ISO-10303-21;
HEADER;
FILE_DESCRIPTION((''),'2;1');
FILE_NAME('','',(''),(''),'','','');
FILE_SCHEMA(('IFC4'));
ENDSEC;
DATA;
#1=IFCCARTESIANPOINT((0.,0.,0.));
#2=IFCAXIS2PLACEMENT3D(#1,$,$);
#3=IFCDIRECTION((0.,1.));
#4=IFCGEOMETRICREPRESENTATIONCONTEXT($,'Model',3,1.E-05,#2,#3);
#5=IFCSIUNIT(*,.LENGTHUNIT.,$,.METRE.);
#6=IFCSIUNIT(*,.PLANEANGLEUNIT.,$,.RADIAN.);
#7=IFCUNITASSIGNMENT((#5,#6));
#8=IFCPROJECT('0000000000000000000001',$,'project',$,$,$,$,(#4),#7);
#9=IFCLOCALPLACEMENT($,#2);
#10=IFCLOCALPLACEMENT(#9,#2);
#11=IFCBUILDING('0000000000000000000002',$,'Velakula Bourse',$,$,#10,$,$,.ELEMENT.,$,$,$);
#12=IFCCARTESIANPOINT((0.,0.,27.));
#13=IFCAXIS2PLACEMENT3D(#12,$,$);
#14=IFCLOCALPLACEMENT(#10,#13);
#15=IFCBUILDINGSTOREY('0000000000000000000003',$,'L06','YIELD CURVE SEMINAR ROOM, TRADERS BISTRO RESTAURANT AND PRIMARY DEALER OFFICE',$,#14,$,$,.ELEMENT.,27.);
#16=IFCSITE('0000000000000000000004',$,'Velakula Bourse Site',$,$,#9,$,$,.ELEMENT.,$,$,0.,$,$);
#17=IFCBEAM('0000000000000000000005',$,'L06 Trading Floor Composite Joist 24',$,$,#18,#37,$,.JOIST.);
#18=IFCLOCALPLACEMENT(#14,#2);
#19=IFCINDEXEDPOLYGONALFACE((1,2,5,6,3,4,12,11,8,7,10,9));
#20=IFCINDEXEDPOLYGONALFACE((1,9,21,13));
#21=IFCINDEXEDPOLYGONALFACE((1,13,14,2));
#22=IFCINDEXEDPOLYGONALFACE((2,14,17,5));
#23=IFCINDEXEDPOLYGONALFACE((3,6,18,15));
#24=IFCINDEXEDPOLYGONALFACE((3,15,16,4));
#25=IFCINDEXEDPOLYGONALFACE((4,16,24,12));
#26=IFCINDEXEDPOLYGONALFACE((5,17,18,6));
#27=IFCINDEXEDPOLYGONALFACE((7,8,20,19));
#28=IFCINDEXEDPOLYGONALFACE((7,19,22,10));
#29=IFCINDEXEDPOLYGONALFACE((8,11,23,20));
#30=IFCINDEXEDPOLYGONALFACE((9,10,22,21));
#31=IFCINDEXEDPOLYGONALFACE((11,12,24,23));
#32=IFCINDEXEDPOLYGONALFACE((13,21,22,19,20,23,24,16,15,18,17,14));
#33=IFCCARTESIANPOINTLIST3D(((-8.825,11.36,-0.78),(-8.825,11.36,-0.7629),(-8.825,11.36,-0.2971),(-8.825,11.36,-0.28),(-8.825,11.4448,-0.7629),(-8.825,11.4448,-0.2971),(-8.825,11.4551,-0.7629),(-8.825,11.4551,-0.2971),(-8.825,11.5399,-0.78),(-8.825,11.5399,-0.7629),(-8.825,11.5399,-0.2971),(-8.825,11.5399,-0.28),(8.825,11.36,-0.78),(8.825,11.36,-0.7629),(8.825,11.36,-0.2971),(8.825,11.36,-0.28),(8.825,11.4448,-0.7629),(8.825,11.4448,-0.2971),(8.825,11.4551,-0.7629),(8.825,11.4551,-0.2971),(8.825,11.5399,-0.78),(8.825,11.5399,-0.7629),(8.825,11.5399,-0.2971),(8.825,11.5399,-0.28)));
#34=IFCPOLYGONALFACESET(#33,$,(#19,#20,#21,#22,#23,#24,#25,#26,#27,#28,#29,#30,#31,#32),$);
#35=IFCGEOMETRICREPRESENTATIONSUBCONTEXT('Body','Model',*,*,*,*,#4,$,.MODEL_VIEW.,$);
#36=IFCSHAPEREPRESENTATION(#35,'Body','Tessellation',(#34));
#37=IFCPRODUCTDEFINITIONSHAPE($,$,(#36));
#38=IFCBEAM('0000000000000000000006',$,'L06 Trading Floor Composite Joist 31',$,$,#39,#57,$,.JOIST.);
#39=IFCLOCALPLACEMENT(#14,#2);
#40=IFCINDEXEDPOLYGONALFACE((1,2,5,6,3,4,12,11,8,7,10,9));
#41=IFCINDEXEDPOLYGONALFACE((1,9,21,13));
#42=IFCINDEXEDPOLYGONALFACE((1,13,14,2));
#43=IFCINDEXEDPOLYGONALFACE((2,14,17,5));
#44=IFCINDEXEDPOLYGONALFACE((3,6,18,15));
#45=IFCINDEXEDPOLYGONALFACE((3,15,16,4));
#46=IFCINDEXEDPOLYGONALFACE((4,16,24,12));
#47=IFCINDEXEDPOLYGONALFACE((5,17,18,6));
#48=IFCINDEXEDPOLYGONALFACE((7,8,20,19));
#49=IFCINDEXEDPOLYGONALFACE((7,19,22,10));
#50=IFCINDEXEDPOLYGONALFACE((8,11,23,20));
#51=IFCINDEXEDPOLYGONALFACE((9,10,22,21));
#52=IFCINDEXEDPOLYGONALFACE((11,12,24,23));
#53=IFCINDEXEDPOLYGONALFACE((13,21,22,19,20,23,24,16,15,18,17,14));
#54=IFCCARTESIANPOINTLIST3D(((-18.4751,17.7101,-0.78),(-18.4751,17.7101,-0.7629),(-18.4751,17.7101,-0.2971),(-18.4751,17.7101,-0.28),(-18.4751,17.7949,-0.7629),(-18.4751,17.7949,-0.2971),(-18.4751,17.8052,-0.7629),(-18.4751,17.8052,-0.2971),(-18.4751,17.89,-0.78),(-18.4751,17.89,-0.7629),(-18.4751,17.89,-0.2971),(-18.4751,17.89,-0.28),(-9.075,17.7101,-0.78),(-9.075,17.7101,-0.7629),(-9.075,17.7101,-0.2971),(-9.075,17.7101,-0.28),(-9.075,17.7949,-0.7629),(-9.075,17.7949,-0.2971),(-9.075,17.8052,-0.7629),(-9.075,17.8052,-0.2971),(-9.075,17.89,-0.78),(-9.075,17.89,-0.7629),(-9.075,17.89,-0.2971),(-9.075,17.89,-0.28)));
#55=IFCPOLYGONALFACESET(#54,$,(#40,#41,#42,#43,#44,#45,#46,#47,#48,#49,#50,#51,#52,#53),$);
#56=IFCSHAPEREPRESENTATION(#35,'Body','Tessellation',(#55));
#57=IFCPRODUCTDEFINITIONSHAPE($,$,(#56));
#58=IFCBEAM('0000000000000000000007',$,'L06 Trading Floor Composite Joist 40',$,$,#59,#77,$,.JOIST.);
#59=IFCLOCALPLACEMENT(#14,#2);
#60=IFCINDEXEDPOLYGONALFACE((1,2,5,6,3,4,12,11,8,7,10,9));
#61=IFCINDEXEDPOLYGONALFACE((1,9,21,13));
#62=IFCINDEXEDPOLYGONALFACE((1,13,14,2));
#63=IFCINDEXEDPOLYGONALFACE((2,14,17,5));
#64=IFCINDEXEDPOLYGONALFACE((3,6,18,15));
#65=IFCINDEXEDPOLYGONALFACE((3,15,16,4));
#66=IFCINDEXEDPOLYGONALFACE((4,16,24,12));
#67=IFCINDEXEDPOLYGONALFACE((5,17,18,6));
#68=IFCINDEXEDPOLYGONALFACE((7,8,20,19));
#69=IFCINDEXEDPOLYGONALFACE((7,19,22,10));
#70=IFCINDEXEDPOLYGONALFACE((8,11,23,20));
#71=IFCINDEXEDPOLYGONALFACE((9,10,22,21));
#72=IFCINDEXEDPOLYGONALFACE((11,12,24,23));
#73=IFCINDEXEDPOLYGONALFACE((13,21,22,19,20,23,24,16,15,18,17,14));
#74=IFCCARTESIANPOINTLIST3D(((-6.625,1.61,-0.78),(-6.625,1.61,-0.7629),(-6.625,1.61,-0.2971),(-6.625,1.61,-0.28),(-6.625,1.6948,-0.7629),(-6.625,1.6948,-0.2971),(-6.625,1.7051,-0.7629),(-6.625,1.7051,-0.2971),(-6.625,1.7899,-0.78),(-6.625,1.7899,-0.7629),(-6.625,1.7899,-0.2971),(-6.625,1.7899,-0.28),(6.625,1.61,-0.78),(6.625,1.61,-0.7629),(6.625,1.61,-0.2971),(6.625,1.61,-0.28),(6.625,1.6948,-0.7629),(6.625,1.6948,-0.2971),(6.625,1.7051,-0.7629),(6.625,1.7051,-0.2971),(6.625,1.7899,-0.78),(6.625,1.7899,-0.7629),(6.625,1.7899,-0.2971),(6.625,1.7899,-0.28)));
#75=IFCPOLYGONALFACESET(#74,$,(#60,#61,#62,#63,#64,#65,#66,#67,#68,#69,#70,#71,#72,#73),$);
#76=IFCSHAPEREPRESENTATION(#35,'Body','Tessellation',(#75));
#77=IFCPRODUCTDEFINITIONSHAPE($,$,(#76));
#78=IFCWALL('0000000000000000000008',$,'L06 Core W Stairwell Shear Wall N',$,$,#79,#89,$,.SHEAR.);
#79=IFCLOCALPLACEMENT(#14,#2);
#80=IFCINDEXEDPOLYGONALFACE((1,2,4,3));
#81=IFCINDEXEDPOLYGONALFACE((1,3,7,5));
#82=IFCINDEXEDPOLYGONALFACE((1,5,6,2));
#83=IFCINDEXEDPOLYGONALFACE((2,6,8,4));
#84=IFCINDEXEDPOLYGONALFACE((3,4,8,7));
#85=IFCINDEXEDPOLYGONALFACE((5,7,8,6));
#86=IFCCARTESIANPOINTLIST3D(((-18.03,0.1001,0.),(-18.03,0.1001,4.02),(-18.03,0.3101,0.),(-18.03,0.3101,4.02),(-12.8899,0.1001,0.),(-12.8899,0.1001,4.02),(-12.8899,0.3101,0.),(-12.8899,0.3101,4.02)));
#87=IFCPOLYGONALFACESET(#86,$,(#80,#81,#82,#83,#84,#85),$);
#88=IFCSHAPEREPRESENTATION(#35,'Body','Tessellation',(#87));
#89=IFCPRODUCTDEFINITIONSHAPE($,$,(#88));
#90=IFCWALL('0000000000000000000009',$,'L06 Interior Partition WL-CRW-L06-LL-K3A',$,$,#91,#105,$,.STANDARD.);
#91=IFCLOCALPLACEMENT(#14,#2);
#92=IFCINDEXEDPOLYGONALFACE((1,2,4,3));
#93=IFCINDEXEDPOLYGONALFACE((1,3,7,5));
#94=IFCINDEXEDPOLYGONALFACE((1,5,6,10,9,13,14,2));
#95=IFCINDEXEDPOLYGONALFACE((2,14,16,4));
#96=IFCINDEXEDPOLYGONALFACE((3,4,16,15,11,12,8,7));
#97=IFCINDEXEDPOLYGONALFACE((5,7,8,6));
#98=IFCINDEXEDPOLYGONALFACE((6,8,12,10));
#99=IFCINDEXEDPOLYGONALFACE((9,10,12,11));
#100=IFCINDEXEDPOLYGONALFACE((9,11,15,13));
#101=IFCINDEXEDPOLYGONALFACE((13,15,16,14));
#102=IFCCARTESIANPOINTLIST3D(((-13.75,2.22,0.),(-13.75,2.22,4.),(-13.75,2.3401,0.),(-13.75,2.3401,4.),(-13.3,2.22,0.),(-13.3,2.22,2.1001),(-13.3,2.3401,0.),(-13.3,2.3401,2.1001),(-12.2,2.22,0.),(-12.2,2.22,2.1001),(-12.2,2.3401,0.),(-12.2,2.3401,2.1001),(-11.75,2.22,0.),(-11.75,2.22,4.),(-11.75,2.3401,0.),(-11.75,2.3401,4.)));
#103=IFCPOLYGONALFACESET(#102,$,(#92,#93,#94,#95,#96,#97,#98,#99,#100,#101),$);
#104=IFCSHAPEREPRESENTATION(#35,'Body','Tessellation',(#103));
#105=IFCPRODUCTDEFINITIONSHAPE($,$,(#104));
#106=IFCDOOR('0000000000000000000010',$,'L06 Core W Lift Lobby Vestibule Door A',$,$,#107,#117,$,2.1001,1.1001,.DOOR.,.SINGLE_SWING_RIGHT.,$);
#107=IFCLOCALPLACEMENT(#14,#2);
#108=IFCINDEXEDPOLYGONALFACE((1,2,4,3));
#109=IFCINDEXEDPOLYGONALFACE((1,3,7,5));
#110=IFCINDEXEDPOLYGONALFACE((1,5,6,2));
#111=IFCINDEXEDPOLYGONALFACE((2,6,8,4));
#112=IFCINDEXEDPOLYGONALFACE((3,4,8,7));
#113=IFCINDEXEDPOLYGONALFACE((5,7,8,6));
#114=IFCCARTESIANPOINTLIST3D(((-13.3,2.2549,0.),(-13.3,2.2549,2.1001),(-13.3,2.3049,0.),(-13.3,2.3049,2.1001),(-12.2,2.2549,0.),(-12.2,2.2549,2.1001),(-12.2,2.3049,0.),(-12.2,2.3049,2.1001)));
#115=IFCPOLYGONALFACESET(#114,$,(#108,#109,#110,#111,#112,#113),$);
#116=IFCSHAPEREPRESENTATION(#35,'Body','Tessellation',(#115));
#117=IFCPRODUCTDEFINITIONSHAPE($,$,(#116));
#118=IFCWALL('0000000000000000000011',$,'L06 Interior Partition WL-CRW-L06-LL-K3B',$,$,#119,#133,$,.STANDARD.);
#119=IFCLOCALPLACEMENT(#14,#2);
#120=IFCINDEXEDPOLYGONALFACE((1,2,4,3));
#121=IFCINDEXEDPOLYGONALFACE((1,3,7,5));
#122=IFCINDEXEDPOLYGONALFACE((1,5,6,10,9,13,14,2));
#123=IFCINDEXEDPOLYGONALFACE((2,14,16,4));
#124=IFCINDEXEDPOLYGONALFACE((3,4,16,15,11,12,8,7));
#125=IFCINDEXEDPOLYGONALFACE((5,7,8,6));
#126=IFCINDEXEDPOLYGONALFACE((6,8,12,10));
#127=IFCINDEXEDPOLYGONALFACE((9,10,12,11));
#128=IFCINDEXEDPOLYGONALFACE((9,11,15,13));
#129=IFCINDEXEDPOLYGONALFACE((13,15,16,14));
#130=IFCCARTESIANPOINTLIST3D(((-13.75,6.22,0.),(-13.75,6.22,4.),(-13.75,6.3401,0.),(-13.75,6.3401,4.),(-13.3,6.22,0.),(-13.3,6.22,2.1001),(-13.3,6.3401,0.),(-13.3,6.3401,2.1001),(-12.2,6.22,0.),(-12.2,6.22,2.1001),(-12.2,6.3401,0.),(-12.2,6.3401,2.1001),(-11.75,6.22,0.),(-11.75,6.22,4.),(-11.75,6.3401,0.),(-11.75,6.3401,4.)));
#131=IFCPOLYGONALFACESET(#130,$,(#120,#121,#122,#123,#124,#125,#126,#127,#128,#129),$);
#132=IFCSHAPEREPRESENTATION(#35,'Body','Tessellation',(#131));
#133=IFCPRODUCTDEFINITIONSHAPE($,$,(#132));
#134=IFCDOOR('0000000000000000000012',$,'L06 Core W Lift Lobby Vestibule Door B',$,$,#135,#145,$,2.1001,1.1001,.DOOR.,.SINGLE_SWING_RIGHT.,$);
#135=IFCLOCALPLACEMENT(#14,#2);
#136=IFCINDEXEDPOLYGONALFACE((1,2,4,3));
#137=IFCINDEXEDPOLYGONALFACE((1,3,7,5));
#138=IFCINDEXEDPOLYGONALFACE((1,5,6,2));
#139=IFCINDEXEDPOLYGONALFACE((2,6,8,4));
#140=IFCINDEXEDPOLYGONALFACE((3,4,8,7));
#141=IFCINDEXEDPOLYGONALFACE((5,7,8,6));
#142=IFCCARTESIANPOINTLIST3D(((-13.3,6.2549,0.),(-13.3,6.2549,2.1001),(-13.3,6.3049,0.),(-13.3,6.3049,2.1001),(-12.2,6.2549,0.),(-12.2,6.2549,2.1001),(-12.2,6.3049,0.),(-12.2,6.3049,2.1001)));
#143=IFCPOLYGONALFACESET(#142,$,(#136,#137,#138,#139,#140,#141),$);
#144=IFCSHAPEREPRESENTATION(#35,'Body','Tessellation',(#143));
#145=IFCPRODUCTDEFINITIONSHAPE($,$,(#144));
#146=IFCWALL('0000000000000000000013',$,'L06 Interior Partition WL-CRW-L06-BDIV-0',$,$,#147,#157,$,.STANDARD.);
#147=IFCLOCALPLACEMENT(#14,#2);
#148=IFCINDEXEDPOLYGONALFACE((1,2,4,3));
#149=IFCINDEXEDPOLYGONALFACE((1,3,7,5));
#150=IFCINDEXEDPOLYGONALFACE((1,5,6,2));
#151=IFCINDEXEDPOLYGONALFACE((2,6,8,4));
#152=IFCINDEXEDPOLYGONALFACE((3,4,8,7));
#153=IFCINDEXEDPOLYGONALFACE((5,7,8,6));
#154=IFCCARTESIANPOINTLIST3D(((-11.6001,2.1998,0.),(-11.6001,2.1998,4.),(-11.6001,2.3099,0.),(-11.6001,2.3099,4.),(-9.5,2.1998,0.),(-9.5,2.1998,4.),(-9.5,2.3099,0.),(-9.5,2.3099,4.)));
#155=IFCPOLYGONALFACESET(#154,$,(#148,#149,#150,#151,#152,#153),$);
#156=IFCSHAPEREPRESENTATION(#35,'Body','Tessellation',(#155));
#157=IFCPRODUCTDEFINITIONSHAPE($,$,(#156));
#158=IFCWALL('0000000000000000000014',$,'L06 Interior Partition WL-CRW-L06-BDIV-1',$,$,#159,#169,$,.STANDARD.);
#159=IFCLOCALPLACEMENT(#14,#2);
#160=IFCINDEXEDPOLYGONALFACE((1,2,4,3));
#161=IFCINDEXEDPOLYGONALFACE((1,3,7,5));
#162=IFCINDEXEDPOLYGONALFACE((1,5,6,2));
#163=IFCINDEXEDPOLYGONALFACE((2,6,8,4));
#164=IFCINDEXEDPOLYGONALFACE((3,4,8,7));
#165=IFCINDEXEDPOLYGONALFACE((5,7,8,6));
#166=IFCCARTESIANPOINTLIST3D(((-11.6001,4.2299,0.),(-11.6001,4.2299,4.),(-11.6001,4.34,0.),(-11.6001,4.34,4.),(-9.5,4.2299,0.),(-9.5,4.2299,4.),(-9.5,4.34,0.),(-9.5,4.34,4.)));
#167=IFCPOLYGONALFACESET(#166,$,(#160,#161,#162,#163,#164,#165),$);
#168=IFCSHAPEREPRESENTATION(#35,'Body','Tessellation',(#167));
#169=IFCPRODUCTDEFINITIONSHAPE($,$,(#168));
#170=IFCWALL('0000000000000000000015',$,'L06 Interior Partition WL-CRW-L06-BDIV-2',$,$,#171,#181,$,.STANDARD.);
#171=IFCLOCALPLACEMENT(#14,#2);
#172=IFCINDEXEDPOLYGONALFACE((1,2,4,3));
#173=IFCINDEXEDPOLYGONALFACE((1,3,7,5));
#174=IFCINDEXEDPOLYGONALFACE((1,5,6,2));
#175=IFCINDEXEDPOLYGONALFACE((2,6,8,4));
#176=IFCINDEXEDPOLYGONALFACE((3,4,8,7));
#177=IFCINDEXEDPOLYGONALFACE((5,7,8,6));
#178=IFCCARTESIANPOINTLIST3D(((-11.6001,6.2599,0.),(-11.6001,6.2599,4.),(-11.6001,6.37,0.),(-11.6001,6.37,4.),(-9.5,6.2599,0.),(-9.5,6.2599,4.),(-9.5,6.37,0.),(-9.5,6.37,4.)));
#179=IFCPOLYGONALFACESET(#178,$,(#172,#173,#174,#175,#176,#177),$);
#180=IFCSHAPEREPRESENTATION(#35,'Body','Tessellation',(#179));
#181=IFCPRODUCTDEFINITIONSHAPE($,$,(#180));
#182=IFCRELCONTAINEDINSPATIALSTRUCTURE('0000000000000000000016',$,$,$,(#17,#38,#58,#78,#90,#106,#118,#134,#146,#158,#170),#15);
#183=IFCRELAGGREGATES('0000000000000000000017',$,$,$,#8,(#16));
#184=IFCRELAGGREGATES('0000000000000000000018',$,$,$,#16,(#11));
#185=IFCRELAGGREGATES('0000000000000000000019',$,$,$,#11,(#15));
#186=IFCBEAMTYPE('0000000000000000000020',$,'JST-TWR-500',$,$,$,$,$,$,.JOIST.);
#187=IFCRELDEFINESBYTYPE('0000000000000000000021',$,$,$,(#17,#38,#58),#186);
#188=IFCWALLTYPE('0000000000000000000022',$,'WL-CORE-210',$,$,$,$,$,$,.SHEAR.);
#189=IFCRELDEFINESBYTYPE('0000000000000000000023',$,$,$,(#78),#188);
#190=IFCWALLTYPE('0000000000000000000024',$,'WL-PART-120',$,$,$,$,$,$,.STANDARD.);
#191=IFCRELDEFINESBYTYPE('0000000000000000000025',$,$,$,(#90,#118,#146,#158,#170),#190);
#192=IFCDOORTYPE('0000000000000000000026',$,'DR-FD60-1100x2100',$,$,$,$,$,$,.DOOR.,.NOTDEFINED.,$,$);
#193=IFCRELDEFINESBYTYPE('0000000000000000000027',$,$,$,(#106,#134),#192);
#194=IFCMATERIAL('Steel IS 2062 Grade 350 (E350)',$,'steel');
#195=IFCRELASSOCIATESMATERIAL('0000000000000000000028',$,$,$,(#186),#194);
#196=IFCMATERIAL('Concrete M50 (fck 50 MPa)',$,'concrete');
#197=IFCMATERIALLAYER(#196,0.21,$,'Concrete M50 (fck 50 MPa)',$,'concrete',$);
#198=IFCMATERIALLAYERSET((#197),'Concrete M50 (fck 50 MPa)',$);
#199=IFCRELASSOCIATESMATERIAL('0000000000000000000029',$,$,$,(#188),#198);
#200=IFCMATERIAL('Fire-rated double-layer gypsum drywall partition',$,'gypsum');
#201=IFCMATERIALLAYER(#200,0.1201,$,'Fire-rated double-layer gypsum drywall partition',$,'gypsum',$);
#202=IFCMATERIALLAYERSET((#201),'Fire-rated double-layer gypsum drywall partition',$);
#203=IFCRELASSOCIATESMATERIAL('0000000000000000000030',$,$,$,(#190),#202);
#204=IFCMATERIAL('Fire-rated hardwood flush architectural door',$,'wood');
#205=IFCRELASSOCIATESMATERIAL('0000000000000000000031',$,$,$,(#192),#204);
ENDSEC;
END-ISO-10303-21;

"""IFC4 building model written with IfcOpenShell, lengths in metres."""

from ifc_helpers import new_model, si_unit, direction, frame, frame_2d, origin, origin_2d, place, context, subcontext, project, spatial, rectangle, i_section, extrude, material, layer, layer_set, material_profile, profile_set, type_object, element, fill, save


model = new_model("IFC4")

# Units and contexts
model_context = context("Model", 3, precision=1e-05, world=origin(), true_north=direction((0.0, 1.0)))
body_context = subcontext(model_context, "Body", "Model", "MODEL_VIEW")
ifc_project = project(units=[si_unit("LENGTHUNIT", "METRE"), si_unit("PLANEANGLEUNIT", "RADIAN")], contexts=[model_context])

# Site, building, storey
site_placement = place(None, origin())
site = spatial("IfcSite", under=ifc_project, at=site_placement, Name="Velakula Bourse Site", CompositionType="ELEMENT", RefElevation=0.0)
building_placement = place(site_placement, origin())
building = spatial("IfcBuilding", under=site, at=building_placement, Name="Velakula Bourse", CompositionType="ELEMENT")
storey_placement = place(building_placement, frame((0.0, 0.0, 27.0)))
storey = spatial("IfcBuildingStorey", under=building, at=storey_placement, Name="L06", Description="YIELD CURVE SEMINAR ROOM, TRADERS BISTRO RESTAURANT AND PRIMARY DEALER OFFICE", CompositionType="ELEMENT", Elevation=27.0)

# Beams
ifc_material_1 = material(Name="Steel IS 2062 Grade 350 (E350)", Category="steel")
ifc_material_profile_1 = material_profile(ifc_material_1, i_section(OverallWidth=0.1799, OverallDepth=0.5, WebThickness=0.0103, FlangeThickness=0.0171, at=origin_2d()), Name="Steel IS 2062 Grade 350 (E350)")
ifc_profile_set_1 = profile_set([ifc_material_profile_1], Name="Steel IS 2062 Grade 350 (E350)")
beam_type_1 = type_object("IfcBeamType", Name="JST-TWR-500", PredefinedType="JOIST", material=ifc_profile_set_1)
beam_1_placement = place(storey_placement, frame((-8.825, 11.45, -0.53), z_axis=(1.0, 0.0, 0.0), x_axis=(0.0, 1.0, 0.0)))
element("IfcBeam", 1, at=beam_1_placement, inside=storey, type_object=beam_type_1, Name="L06 Trading Floor Composite Joist 24", PredefinedType="JOIST", context=body_context, shape_type="SweptSolid", body=[
    extrude(i_section(OverallWidth=0.1799, OverallDepth=0.5, WebThickness=0.0103, FlangeThickness=0.0171, at=origin_2d()), origin(), (0.0, 0.0, 1.0), 17.6499),
])
beam_2_placement = place(storey_placement, frame((-18.4751, 17.8, -0.53), z_axis=(1.0, 0.0, 0.0), x_axis=(0.0, 1.0, 0.0)))
element("IfcBeam", 2, at=beam_2_placement, inside=storey, type_object=beam_type_1, Name="L06 Trading Floor Composite Joist 31", PredefinedType="JOIST", context=body_context, shape_type="SweptSolid", body=[
    extrude(i_section(OverallWidth=0.1799, OverallDepth=0.5, WebThickness=0.0103, FlangeThickness=0.0171, at=origin_2d()), origin(), (0.0, 0.0, 1.0), 9.4001),
])
beam_3_placement = place(storey_placement, frame((-6.625, 1.7, -0.53), z_axis=(1.0, 0.0, 0.0), x_axis=(0.0, 1.0, 0.0)))
element("IfcBeam", 3, at=beam_3_placement, inside=storey, type_object=beam_type_1, Name="L06 Trading Floor Composite Joist 40", PredefinedType="JOIST", context=body_context, shape_type="SweptSolid", body=[
    extrude(i_section(OverallWidth=0.1799, OverallDepth=0.5, WebThickness=0.0103, FlangeThickness=0.0171, at=origin_2d()), origin(), (0.0, 0.0, 1.0), 13.25),
])

# Wall
ifc_material_2 = material(Name="Concrete M50 (fck 50 MPa)", Category="concrete")
ifc_layer_1 = layer(ifc_material_2, 0.21, Name="Concrete M50 (fck 50 MPa)", Category="concrete")
ifc_layer_set_1 = layer_set([ifc_layer_1], Name="Concrete M50 (fck 50 MPa)")
wall_type_1 = type_object("IfcWallType", Name="WL-CORE-210", PredefinedType="SHEAR", material=ifc_layer_set_1)
wall_1_placement = place(storey_placement, frame((-12.8899, 0.2051, 0.0), z_axis=(0.0, 0.0, 1.0), x_axis=(-1.0, 0.0, 0.0)))
element("IfcWall", 4, at=wall_1_placement, inside=storey, type_object=wall_type_1, Name="L06 Core W Stairwell Shear Wall N", PredefinedType="SHEAR", context=body_context, shape_type="SweptSolid", body=[
    extrude(rectangle(XDim=5.1401, YDim=0.21, at=frame_2d((2.5701, 0.0))), origin(), (0.0, 0.0, 1.0), 4.02),
])

# Walls, openings, doors
ifc_material_3 = material(Name="Fire-rated double-layer gypsum drywall partition", Category="gypsum")
ifc_layer_2 = layer(ifc_material_3, 0.1201, Name="Fire-rated double-layer gypsum drywall partition", Category="gypsum")
ifc_layer_set_2 = layer_set([ifc_layer_2], Name="Fire-rated double-layer gypsum drywall partition")
wall_type_2 = type_object("IfcWallType", Name="WL-PART-120", PredefinedType="STANDARD", material=ifc_layer_set_2)
wall_2_placement = place(storey_placement, frame((-13.75, 2.28, 0.0), z_axis=(0.0, 0.0, 1.0), x_axis=(1.0, 0.0, 0.0)))
wall_2 = element("IfcWall", 5, at=wall_2_placement, inside=storey, type_object=wall_type_2, Name="L06 Interior Partition WL-CRW-L06-LL-K3A", PredefinedType="STANDARD", context=body_context, shape_type="SweptSolid", body=[
    extrude(rectangle(XDim=2.0, YDim=0.1201, at=frame_2d((1.0, 0.0))), origin(), (0.0, 0.0, 1.0), 4.0),
])
opening_1_placement = place(wall_2_placement, frame((0.45, 0.0, 0.0)))
opening_1 = element("IfcOpeningElement", 6, at=opening_1_placement, cuts=wall_2, PredefinedType="OPENING", context=body_context, shape_type="SweptSolid", body=[
    extrude(rectangle(XDim=1.1001, YDim=2.1001, at=frame_2d((0.55, 1.05))), frame((0.0, 0.0701, 0.0), z_axis=(0.0, -1.0, 0.0), x_axis=(1.0, 0.0, 0.0)), (0.0, 0.0, 1.0), 0.1401),
])
ifc_material_4 = material(Name="Fire-rated hardwood flush architectural door", Category="wood")
door_type_1 = type_object("IfcDoorType", Name="DR-FD60-1100x2100", OperationType="NOTDEFINED", PredefinedType="DOOR", material=ifc_material_4)
door_1_placement = place(opening_1_placement, origin())
door_1 = element("IfcDoor", 7, at=door_1_placement, inside=storey, type_object=door_type_1, Name="L06 Core W Lift Lobby Vestibule Door A", OperationType="SINGLE_SWING_RIGHT", OverallHeight=2.1001, OverallWidth=1.1001, PredefinedType="DOOR", context=body_context, shape_type="SweptSolid", body=[
    extrude(rectangle(XDim=1.1001, YDim=2.1001, at=frame_2d((0.55, 1.05))), frame((0.0, 0.0249, 0.0), z_axis=(0.0, -1.0, 0.0), x_axis=(1.0, 0.0, 0.0)), (0.0, 0.0, 1.0), 0.05),
])
fill(opening_1, door_1)
wall_3_placement = place(storey_placement, frame((-13.75, 6.28, 0.0), z_axis=(0.0, 0.0, 1.0), x_axis=(1.0, 0.0, 0.0)))
wall_3 = element("IfcWall", 8, at=wall_3_placement, inside=storey, type_object=wall_type_2, Name="L06 Interior Partition WL-CRW-L06-LL-K3B", PredefinedType="STANDARD", context=body_context, shape_type="SweptSolid", body=[
    extrude(rectangle(XDim=2.0, YDim=0.1201, at=frame_2d((1.0, 0.0))), origin(), (0.0, 0.0, 1.0), 4.0),
])
opening_2_placement = place(wall_3_placement, frame((0.45, 0.0, 0.0)))
opening_2 = element("IfcOpeningElement", 9, at=opening_2_placement, cuts=wall_3, PredefinedType="OPENING", context=body_context, shape_type="SweptSolid", body=[
    extrude(rectangle(XDim=1.1001, YDim=2.1001, at=frame_2d((0.55, 1.05))), frame((0.0, 0.0701, 0.0), z_axis=(0.0, -1.0, 0.0), x_axis=(1.0, 0.0, 0.0)), (0.0, 0.0, 1.0), 0.1401),
])
door_2_placement = place(opening_2_placement, origin())
door_2 = element("IfcDoor", 10, at=door_2_placement, inside=storey, type_object=door_type_1, Name="L06 Core W Lift Lobby Vestibule Door B", OperationType="SINGLE_SWING_RIGHT", OverallHeight=2.1001, OverallWidth=1.1001, PredefinedType="DOOR", context=body_context, shape_type="SweptSolid", body=[
    extrude(rectangle(XDim=1.1001, YDim=2.1001, at=frame_2d((0.55, 1.05))), frame((0.0, 0.0249, 0.0), z_axis=(0.0, -1.0, 0.0), x_axis=(1.0, 0.0, 0.0)), (0.0, 0.0, 1.0), 0.05),
])
fill(opening_2, door_2)

# Walls
for number, where, z_axis, x_axis, name in (
    (11, (-11.6001, 2.2549, 0.0), (0.0, 0.0, 1.0), (1.0, 0.0, 0.0), "L06 Interior Partition WL-CRW-L06-BDIV-0"),
    (12, (-11.6001, 4.2849, 0.0), (0.0, 0.0, 1.0), (1.0, 0.0, 0.0), "L06 Interior Partition WL-CRW-L06-BDIV-1"),
    (13, (-11.6001, 6.3149, 0.0), (0.0, 0.0, 1.0), (1.0, 0.0, 0.0), "L06 Interior Partition WL-CRW-L06-BDIV-2"),
):
    element("IfcWall", number, at=place(storey_placement, frame(where, z_axis=z_axis, x_axis=x_axis)), inside=storey, type_object=wall_type_2, Name=name, PredefinedType="STANDARD", context=body_context, shape_type="SweptSolid", body=[
        extrude(rectangle(XDim=2.1001, YDim=0.1101, at=frame_2d((1.05, 0.0))), origin(), (0.0, 0.0, 1.0), 4.0),
    ])

save(model, "model.ifc")
